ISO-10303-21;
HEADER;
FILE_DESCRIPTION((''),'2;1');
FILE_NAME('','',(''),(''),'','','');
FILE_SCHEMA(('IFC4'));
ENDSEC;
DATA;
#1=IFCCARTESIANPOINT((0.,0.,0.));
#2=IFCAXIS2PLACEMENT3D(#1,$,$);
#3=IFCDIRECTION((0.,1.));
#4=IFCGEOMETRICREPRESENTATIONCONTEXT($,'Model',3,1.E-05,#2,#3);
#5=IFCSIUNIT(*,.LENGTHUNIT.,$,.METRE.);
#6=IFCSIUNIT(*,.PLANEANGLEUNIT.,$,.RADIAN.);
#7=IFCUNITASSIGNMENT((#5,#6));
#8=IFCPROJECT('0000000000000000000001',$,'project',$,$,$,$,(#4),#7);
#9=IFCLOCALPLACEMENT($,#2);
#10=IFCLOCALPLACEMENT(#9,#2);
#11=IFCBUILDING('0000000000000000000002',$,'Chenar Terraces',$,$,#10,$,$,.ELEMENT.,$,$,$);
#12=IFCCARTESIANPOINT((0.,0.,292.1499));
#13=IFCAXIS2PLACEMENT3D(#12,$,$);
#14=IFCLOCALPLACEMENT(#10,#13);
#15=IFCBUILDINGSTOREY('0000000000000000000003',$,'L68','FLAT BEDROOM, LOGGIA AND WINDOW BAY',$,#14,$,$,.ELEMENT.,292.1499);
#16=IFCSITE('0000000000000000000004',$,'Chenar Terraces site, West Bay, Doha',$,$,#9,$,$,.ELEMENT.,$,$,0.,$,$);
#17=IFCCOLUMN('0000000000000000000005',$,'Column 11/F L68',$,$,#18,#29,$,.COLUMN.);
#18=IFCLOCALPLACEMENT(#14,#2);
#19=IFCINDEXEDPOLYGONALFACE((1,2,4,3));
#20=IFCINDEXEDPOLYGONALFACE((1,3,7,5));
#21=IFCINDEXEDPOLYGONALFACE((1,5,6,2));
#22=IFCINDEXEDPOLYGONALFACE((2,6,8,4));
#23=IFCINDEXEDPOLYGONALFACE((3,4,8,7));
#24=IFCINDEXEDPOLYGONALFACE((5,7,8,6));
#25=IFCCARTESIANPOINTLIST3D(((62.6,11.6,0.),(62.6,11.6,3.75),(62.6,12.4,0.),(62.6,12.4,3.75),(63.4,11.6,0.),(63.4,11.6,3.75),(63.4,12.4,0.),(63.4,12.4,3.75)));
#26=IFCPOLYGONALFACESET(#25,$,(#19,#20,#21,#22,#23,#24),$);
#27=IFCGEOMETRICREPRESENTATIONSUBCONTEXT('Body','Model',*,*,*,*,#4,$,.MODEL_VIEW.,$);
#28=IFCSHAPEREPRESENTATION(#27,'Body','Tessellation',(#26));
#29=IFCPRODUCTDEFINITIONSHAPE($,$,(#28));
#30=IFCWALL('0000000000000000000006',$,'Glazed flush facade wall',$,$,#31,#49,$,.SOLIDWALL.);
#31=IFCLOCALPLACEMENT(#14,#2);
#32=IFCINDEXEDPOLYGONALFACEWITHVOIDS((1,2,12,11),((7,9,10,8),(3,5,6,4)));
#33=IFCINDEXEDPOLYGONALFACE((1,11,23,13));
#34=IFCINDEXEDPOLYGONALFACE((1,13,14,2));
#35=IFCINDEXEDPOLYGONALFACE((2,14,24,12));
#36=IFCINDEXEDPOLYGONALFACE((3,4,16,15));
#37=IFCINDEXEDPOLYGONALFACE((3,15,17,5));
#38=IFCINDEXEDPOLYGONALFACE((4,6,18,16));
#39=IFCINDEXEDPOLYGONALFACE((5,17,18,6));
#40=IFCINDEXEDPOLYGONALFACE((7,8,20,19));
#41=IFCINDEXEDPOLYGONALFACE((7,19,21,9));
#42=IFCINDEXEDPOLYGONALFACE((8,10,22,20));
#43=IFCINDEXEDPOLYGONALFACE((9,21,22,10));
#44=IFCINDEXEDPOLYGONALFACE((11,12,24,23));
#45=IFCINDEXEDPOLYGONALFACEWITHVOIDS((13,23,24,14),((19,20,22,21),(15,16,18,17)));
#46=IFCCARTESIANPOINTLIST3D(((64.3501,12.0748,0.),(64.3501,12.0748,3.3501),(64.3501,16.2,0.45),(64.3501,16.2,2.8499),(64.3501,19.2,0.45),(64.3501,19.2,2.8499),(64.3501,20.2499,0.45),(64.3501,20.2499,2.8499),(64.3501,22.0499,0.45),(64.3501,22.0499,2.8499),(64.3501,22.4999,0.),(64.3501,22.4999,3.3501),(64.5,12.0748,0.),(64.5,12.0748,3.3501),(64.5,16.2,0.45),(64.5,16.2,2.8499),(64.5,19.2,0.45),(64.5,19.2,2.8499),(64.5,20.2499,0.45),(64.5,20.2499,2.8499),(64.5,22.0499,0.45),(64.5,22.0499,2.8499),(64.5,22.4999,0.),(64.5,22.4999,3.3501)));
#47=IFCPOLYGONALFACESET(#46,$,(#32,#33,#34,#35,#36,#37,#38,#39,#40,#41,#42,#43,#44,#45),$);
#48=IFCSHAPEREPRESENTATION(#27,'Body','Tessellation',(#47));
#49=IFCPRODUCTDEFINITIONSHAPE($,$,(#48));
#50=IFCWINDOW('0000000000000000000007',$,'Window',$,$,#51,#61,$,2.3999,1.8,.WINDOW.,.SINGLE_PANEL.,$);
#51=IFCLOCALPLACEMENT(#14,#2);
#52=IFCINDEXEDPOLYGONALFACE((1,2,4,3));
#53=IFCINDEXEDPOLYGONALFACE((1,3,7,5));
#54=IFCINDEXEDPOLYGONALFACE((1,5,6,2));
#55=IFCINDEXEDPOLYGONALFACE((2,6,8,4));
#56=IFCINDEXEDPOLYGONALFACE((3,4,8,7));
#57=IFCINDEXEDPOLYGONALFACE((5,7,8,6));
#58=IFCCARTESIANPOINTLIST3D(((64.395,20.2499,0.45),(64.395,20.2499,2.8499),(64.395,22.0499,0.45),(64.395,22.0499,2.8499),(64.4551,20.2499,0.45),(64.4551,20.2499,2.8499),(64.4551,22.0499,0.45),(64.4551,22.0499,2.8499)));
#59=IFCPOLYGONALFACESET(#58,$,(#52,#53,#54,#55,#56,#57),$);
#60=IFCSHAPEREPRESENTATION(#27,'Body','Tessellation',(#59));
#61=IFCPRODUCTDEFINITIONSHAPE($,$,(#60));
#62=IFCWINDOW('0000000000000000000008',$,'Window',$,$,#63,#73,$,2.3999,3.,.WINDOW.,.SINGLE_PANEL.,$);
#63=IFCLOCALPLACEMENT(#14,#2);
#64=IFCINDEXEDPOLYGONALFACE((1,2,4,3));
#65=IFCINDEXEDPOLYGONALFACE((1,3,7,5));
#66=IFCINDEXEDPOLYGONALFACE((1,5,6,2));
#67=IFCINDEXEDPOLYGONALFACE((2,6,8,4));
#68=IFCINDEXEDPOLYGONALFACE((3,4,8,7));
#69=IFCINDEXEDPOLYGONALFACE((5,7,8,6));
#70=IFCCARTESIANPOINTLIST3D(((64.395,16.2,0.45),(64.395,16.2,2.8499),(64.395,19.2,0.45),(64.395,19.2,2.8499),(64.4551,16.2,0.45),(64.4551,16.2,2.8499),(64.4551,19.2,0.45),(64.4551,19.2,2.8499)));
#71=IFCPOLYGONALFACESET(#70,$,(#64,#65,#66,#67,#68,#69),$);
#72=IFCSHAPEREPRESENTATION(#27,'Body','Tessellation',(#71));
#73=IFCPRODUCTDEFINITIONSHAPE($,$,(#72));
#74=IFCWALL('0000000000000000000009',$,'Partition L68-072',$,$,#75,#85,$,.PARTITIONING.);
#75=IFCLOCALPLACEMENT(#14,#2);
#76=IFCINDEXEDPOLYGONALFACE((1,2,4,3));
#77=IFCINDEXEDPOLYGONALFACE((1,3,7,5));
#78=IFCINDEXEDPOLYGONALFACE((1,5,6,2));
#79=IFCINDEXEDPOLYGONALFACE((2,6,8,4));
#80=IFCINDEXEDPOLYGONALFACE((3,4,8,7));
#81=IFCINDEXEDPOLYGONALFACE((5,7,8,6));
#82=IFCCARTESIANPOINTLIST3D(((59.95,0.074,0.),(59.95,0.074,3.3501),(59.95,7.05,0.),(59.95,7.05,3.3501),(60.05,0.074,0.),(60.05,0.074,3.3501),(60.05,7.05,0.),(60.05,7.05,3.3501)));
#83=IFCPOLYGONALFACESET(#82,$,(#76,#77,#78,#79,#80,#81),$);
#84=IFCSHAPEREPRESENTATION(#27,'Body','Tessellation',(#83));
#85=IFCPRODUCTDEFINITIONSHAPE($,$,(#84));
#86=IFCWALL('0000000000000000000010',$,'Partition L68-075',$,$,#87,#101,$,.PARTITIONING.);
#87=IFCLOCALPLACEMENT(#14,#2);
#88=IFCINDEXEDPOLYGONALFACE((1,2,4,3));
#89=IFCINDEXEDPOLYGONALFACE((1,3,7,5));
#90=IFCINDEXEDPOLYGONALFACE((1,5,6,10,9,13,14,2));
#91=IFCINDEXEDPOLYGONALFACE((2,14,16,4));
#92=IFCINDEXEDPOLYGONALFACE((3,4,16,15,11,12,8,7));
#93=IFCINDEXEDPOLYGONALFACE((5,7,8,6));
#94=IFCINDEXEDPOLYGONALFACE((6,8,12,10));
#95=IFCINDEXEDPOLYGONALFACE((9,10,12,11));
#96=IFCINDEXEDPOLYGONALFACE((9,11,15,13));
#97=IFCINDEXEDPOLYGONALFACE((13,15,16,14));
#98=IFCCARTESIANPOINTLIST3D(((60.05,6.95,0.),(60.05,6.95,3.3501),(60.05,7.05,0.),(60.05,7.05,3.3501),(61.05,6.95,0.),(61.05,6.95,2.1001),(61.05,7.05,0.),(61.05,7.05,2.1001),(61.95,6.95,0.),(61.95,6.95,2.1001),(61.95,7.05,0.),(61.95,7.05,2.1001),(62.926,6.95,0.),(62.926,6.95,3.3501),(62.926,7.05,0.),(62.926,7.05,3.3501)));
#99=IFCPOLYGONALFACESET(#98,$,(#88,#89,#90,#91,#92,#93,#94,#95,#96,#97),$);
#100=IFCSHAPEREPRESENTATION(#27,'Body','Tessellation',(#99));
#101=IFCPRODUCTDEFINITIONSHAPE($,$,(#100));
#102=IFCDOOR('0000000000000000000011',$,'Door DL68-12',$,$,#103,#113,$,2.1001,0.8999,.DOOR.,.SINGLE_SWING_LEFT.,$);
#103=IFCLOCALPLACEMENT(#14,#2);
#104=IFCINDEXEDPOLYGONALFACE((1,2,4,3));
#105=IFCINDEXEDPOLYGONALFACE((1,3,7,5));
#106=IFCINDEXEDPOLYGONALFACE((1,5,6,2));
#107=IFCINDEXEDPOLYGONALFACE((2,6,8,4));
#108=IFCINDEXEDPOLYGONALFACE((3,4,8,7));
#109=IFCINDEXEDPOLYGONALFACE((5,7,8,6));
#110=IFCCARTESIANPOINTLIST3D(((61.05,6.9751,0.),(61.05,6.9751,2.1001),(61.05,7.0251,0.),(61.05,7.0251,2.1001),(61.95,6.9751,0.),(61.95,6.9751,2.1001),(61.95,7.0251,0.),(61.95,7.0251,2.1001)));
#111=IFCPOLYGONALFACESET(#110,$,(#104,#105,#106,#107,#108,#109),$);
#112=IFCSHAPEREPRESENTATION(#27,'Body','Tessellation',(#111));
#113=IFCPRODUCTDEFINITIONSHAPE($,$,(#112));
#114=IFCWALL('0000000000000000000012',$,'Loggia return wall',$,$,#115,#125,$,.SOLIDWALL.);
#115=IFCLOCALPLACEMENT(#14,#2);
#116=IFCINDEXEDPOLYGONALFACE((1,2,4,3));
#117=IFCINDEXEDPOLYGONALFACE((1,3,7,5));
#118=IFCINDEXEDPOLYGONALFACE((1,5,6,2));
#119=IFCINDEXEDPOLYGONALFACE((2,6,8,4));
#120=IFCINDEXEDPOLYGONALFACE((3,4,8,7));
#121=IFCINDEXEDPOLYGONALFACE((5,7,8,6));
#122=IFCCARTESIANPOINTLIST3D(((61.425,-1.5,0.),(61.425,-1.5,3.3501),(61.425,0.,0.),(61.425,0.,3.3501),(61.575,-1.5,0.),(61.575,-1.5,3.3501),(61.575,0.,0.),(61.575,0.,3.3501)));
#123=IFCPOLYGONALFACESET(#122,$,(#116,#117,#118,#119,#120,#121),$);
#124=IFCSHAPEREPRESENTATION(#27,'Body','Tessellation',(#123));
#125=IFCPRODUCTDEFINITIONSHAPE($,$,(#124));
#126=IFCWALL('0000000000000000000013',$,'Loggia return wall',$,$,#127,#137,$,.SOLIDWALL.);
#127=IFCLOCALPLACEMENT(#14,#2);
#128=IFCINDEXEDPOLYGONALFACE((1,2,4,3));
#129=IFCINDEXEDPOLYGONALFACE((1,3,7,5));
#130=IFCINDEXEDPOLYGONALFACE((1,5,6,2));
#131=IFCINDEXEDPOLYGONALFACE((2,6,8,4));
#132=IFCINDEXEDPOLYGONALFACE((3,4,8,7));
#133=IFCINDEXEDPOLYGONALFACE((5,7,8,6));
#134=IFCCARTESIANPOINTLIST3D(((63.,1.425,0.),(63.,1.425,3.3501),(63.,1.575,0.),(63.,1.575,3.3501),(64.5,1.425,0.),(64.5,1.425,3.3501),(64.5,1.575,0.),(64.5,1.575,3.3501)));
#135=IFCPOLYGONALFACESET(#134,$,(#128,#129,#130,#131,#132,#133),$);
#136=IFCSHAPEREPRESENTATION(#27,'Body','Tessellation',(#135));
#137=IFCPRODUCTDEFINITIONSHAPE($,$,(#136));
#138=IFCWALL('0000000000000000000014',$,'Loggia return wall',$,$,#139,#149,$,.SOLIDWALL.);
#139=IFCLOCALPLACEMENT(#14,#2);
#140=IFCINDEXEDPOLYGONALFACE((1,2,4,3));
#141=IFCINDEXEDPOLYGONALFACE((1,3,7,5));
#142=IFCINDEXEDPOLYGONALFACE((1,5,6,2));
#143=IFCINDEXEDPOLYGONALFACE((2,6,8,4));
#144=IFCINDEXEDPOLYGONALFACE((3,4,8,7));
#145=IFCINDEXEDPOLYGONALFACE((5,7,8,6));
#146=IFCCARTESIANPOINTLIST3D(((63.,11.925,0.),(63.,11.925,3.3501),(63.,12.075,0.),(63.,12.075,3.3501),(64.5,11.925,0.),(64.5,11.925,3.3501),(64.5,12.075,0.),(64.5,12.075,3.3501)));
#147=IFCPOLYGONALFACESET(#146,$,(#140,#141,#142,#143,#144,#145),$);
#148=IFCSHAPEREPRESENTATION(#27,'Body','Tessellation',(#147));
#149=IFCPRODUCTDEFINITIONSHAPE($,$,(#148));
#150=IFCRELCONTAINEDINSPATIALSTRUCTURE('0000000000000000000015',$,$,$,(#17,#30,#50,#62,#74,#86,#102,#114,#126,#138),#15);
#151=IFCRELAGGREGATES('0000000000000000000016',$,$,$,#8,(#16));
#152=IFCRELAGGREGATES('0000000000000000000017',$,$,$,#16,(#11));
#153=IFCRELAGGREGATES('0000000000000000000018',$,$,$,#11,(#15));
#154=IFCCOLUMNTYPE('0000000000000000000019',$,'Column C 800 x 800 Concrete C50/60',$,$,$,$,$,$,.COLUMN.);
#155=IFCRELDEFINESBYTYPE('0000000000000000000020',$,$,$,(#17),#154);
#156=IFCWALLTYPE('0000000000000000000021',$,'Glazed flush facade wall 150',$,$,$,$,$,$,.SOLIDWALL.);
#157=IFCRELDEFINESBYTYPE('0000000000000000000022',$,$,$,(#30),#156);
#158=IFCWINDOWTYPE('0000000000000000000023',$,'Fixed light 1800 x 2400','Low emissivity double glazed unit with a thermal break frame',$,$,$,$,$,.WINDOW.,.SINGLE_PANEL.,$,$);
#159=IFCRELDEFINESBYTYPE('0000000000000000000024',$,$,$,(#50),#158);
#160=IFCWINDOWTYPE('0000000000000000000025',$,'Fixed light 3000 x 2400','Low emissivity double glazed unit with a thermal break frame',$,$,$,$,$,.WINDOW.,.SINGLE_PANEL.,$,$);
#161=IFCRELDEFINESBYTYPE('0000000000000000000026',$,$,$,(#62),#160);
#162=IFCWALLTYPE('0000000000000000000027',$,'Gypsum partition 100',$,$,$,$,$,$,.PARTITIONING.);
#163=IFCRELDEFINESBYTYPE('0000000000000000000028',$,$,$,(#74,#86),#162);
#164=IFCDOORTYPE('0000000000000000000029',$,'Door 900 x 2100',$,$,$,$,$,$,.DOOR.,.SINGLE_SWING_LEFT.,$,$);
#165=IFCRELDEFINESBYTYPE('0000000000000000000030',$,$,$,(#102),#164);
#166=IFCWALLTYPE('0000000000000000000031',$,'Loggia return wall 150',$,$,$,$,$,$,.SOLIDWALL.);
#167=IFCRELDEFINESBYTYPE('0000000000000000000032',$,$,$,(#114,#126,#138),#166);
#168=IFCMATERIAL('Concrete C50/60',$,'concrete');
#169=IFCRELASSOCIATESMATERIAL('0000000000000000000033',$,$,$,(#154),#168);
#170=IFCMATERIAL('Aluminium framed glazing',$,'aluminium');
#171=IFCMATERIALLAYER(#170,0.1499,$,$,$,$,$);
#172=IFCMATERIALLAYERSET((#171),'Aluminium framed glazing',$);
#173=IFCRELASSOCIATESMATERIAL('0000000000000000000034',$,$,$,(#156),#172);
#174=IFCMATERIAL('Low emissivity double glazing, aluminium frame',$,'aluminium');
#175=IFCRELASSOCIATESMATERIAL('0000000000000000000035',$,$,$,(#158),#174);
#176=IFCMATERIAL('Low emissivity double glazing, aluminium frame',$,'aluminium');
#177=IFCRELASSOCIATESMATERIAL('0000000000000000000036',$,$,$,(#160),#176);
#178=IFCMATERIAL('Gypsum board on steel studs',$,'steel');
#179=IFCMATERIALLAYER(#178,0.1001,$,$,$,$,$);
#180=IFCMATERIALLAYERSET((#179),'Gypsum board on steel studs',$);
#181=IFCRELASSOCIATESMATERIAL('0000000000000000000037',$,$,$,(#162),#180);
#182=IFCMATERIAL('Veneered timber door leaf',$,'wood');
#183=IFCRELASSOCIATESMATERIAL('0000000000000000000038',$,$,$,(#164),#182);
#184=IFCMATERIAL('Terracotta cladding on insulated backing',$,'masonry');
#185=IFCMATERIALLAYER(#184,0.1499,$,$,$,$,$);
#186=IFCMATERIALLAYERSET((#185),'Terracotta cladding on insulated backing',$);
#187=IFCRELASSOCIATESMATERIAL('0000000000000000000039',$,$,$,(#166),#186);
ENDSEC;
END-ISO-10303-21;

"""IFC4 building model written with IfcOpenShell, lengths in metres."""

from ifc_helpers import new_model, si_unit, direction, frame, frame_2d, origin, origin_2d, place, context, subcontext, project, spatial, rectangle, extrude, material, layer, layer_set, material_profile, profile_set, type_object, element, fill, save


model = new_model("IFC4")

# Units and contexts
model_context = context("Model", 3, precision=1e-05, world=origin(), true_north=direction((0.0, 1.0)))
body_context = subcontext(model_context, "Body", "Model", "MODEL_VIEW")
ifc_project = project(units=[si_unit("LENGTHUNIT", "METRE"), si_unit("PLANEANGLEUNIT", "RADIAN")], contexts=[model_context])

# Site, building, storey
site_placement = place(None, origin())
site = spatial("IfcSite", under=ifc_project, at=site_placement, Name="Chenar Terraces site, West Bay, Doha", CompositionType="ELEMENT", RefElevation=0.0)
building_placement = place(site_placement, origin())
building = spatial("IfcBuilding", under=site, at=building_placement, Name="Chenar Terraces", CompositionType="ELEMENT")
storey_placement = place(building_placement, frame((0.0, 0.0, 292.1499)))
storey = spatial("IfcBuildingStorey", under=building, at=storey_placement, Name="L68", Description="FLAT BEDROOM, LOGGIA AND WINDOW BAY", CompositionType="ELEMENT", Elevation=292.1499)

# Column
ifc_material_1 = material(Name="Concrete C50/60", Category="concrete")
ifc_material_profile = material_profile(ifc_material_1, rectangle(XDim=0.8, YDim=0.8, at=origin_2d()), Name="C 800 x 800")
ifc_profile_set = profile_set([ifc_material_profile], Name="Concrete C50/60")
column_type = type_object("IfcColumnType", Name="Column C 800 x 800 Concrete C50/60", PredefinedType="COLUMN", material=ifc_profile_set)
column_placement = place(storey_placement, frame((63.0, 12.0, 0.0), z_axis=(0.0, 0.0, 1.0), x_axis=(1.0, 0.0, 0.0)))
element("IfcColumn", 1, at=column_placement, inside=storey, type_object=column_type, Name="Column 11/F L68", PredefinedType="COLUMN", context=body_context, shape_type="SweptSolid", body=[
    extrude(rectangle(XDim=0.8, YDim=0.8, at=origin_2d()), origin(), (0.0, 0.0, 1.0), 3.75),
])

# Wall, openings, windows
ifc_material_2 = material(Name="Aluminium framed glazing", Category="aluminium")
ifc_layer_1 = layer(ifc_material_2, 0.1499)
ifc_layer_set_1 = layer_set([ifc_layer_1], Name="Aluminium framed glazing")
wall_type_1 = type_object("IfcWallType", Name="Glazed flush facade wall 150", PredefinedType="SOLIDWALL", material=ifc_layer_set_1)
wall_1_placement = place(storey_placement, frame((64.425, 12.075, 0.0), z_axis=(0.0, 0.0, 1.0), x_axis=(0.0, 1.0, 0.0)))
wall_1 = element("IfcWall", 2, at=wall_1_placement, inside=storey, type_object=wall_type_1, Name="Glazed flush facade wall", PredefinedType="SOLIDWALL", context=body_context, shape_type="SweptSolid", body=[
    extrude(rectangle(XDim=10.425, YDim=0.1499, at=frame_2d((5.2124, 0.0))), origin(), (0.0, 0.0, 1.0), 3.3501),
])
opening_1_placement = place(wall_1_placement, frame((4.125, 0.0, 0.45)))
opening_1 = element("IfcOpeningElement", 3, at=opening_1_placement, cuts=wall_1, PredefinedType="OPENING", context=body_context, shape_type="SweptSolid", body=[
    extrude(rectangle(XDim=3.0, YDim=2.3999, at=frame_2d((1.5, 1.2))), frame((0.0, 0.085, 0.0), z_axis=(0.0, -1.0, 0.0), x_axis=(1.0, 0.0, 0.0)), (0.0, 0.0, 1.0), 0.1699),
])
opening_2_placement = place(wall_1_placement, frame((8.175, 0.0, 0.45)))
opening_2 = element("IfcOpeningElement", 4, at=opening_2_placement, cuts=wall_1, PredefinedType="OPENING", context=body_context, shape_type="SweptSolid", body=[
    extrude(rectangle(XDim=1.8, YDim=2.3999, at=frame_2d((0.8999, 1.2))), frame((0.0, 0.085, 0.0), z_axis=(0.0, -1.0, 0.0), x_axis=(1.0, 0.0, 0.0)), (0.0, 0.0, 1.0), 0.1699),
])
ifc_material_3 = material(Name="Low emissivity double glazing, aluminium frame", Category="aluminium")
window_type_1 = type_object("IfcWindowType", Name="Fixed light 1800 x 2400", Description="Low emissivity double glazed unit with a thermal break frame", PartitioningType="SINGLE_PANEL", PredefinedType="WINDOW", material=ifc_material_3)
window_1_placement = place(opening_2_placement, origin())
window_1 = element("IfcWindow", 5, at=window_1_placement, inside=storey, type_object=window_type_1, Name="Window", OverallHeight=2.3999, OverallWidth=1.8, PartitioningType="SINGLE_PANEL", PredefinedType="WINDOW", context=body_context, shape_type="SweptSolid", body=[
    extrude(rectangle(XDim=1.8, YDim=2.3999, at=frame_2d((0.8999, 1.2))), frame((0.0, 0.03, 0.0), z_axis=(0.0, -1.0, 0.0), x_axis=(1.0, 0.0, 0.0)), (0.0, 0.0, 1.0), 0.0601),
])
fill(opening_2, window_1)
ifc_material_4 = material(Name="Low emissivity double glazing, aluminium frame", Category="aluminium")
window_type_2 = type_object("IfcWindowType", Name="Fixed light 3000 x 2400", Description="Low emissivity double glazed unit with a thermal break frame", PartitioningType="SINGLE_PANEL", PredefinedType="WINDOW", material=ifc_material_4)
window_2_placement = place(opening_1_placement, origin())
window_2 = element("IfcWindow", 6, at=window_2_placement, inside=storey, type_object=window_type_2, Name="Window", OverallHeight=2.3999, OverallWidth=3.0, PartitioningType="SINGLE_PANEL", PredefinedType="WINDOW", context=body_context, shape_type="SweptSolid", body=[
    extrude(rectangle(XDim=3.0, YDim=2.3999, at=frame_2d((1.5, 1.2))), frame((0.0, 0.03, 0.0), z_axis=(0.0, -1.0, 0.0), x_axis=(1.0, 0.0, 0.0)), (0.0, 0.0, 1.0), 0.0601),
])
fill(opening_1, window_2)

# Wall
ifc_material_5 = material(Name="Gypsum board on steel studs", Category="steel")
ifc_layer_2 = layer(ifc_material_5, 0.1001)
ifc_layer_set_2 = layer_set([ifc_layer_2], Name="Gypsum board on steel studs")
wall_type_2 = type_object("IfcWallType", Name="Gypsum partition 100", PredefinedType="PARTITIONING", material=ifc_layer_set_2)
wall_2_placement = place(storey_placement, frame((60.0, 0.074, 0.0), z_axis=(0.0, 0.0, 1.0), x_axis=(0.0, 1.0, 0.0)))
element("IfcWall", 7, at=wall_2_placement, inside=storey, type_object=wall_type_2, Name="Partition L68-072", PredefinedType="PARTITIONING", context=body_context, shape_type="SweptSolid", body=[
    extrude(rectangle(XDim=6.9761, YDim=0.1001, at=frame_2d((3.488, 0.0))), origin(), (0.0, 0.0, 1.0), 3.3501),
])

# Wall, opening, door
wall_3_placement = place(storey_placement, frame((60.05, 7.0, 0.0), z_axis=(0.0, 0.0, 1.0), x_axis=(1.0, 0.0, 0.0)))
wall_3 = element("IfcWall", 8, at=wall_3_placement, inside=storey, type_object=wall_type_2, Name="Partition L68-075", PredefinedType="PARTITIONING", context=body_context, shape_type="SweptSolid", body=[
    extrude(rectangle(XDim=2.876, YDim=0.1001, at=frame_2d((1.438, 0.0))), origin(), (0.0, 0.0, 1.0), 3.3501),
])
opening_3_placement = place(wall_3_placement, frame((1.0, 0.0, 0.0)))
opening_3 = element("IfcOpeningElement", 9, at=opening_3_placement, cuts=wall_3, PredefinedType="OPENING", context=body_context, shape_type="SweptSolid", body=[
    extrude(rectangle(XDim=0.8999, YDim=2.1001, at=frame_2d((0.45, 1.05))), frame((0.0, 0.0601, 0.0), z_axis=(0.0, -1.0, 0.0), x_axis=(1.0, 0.0, 0.0)), (0.0, 0.0, 1.0), 0.1201),
])
ifc_material_6 = material(Name="Veneered timber door leaf", Category="wood")
door_type_1 = type_object("IfcDoorType", Name="Door 900 x 2100", OperationType="SINGLE_SWING_LEFT", PredefinedType="DOOR", material=ifc_material_6)
door_1_placement = place(opening_3_placement, frame((0.8999, 0.0, 0.0), z_axis=(0.0, 0.0, 1.0), x_axis=(-1.0, 0.0, 0.0)))
door_1 = element("IfcDoor", 10, at=door_1_placement, inside=storey, type_object=door_type_1, Name="Door DL68-12", OperationType="SINGLE_SWING_LEFT", OverallHeight=2.1001, OverallWidth=0.8999, PredefinedType="DOOR", context=body_context, shape_type="SweptSolid", body=[
    extrude(rectangle(XDim=0.8999, YDim=2.1001, at=frame_2d((0.45, 1.05))), frame((0.0, 0.0249, 0.0), z_axis=(0.0, -1.0, 0.0), x_axis=(1.0, 0.0, 0.0)), (0.0, 0.0, 1.0), 0.05),
])
fill(opening_3, door_1)

# Walls
ifc_material_7 = material(Name="Terracotta cladding on insulated backing", Category="masonry")
ifc_layer_3 = layer(ifc_material_7, 0.1499)
ifc_layer_set_3 = layer_set([ifc_layer_3], Name="Terracotta cladding on insulated backing")
wall_type_3 = type_object("IfcWallType", Name="Loggia return wall 150", PredefinedType="SOLIDWALL", material=ifc_layer_set_3)
for number, where, z_axis, x_axis, name in (
    (11, (61.5, -1.5, 0.0), (0.0, 0.0, 1.0), (0.0, 1.0, 0.0), "Loggia return wall"),
    (12, (64.5, 1.5, 0.0), (0.0, 0.0, 1.0), (-1.0, 0.0, 0.0), "Loggia return wall"),
    (13, (64.5, 12.0, 0.0), (0.0, 0.0, 1.0), (-1.0, 0.0, 0.0), "Loggia return wall"),
):
    element("IfcWall", number, at=place(storey_placement, frame(where, z_axis=z_axis, x_axis=x_axis)), inside=storey, type_object=wall_type_3, Name=name, PredefinedType="SOLIDWALL", context=body_context, shape_type="SweptSolid", body=[
        extrude(rectangle(XDim=1.5, YDim=0.1499, at=frame_2d((0.75, 0.0))), origin(), (0.0, 0.0, 1.0), 3.3501),
    ])

save(model, "model.ifc")
